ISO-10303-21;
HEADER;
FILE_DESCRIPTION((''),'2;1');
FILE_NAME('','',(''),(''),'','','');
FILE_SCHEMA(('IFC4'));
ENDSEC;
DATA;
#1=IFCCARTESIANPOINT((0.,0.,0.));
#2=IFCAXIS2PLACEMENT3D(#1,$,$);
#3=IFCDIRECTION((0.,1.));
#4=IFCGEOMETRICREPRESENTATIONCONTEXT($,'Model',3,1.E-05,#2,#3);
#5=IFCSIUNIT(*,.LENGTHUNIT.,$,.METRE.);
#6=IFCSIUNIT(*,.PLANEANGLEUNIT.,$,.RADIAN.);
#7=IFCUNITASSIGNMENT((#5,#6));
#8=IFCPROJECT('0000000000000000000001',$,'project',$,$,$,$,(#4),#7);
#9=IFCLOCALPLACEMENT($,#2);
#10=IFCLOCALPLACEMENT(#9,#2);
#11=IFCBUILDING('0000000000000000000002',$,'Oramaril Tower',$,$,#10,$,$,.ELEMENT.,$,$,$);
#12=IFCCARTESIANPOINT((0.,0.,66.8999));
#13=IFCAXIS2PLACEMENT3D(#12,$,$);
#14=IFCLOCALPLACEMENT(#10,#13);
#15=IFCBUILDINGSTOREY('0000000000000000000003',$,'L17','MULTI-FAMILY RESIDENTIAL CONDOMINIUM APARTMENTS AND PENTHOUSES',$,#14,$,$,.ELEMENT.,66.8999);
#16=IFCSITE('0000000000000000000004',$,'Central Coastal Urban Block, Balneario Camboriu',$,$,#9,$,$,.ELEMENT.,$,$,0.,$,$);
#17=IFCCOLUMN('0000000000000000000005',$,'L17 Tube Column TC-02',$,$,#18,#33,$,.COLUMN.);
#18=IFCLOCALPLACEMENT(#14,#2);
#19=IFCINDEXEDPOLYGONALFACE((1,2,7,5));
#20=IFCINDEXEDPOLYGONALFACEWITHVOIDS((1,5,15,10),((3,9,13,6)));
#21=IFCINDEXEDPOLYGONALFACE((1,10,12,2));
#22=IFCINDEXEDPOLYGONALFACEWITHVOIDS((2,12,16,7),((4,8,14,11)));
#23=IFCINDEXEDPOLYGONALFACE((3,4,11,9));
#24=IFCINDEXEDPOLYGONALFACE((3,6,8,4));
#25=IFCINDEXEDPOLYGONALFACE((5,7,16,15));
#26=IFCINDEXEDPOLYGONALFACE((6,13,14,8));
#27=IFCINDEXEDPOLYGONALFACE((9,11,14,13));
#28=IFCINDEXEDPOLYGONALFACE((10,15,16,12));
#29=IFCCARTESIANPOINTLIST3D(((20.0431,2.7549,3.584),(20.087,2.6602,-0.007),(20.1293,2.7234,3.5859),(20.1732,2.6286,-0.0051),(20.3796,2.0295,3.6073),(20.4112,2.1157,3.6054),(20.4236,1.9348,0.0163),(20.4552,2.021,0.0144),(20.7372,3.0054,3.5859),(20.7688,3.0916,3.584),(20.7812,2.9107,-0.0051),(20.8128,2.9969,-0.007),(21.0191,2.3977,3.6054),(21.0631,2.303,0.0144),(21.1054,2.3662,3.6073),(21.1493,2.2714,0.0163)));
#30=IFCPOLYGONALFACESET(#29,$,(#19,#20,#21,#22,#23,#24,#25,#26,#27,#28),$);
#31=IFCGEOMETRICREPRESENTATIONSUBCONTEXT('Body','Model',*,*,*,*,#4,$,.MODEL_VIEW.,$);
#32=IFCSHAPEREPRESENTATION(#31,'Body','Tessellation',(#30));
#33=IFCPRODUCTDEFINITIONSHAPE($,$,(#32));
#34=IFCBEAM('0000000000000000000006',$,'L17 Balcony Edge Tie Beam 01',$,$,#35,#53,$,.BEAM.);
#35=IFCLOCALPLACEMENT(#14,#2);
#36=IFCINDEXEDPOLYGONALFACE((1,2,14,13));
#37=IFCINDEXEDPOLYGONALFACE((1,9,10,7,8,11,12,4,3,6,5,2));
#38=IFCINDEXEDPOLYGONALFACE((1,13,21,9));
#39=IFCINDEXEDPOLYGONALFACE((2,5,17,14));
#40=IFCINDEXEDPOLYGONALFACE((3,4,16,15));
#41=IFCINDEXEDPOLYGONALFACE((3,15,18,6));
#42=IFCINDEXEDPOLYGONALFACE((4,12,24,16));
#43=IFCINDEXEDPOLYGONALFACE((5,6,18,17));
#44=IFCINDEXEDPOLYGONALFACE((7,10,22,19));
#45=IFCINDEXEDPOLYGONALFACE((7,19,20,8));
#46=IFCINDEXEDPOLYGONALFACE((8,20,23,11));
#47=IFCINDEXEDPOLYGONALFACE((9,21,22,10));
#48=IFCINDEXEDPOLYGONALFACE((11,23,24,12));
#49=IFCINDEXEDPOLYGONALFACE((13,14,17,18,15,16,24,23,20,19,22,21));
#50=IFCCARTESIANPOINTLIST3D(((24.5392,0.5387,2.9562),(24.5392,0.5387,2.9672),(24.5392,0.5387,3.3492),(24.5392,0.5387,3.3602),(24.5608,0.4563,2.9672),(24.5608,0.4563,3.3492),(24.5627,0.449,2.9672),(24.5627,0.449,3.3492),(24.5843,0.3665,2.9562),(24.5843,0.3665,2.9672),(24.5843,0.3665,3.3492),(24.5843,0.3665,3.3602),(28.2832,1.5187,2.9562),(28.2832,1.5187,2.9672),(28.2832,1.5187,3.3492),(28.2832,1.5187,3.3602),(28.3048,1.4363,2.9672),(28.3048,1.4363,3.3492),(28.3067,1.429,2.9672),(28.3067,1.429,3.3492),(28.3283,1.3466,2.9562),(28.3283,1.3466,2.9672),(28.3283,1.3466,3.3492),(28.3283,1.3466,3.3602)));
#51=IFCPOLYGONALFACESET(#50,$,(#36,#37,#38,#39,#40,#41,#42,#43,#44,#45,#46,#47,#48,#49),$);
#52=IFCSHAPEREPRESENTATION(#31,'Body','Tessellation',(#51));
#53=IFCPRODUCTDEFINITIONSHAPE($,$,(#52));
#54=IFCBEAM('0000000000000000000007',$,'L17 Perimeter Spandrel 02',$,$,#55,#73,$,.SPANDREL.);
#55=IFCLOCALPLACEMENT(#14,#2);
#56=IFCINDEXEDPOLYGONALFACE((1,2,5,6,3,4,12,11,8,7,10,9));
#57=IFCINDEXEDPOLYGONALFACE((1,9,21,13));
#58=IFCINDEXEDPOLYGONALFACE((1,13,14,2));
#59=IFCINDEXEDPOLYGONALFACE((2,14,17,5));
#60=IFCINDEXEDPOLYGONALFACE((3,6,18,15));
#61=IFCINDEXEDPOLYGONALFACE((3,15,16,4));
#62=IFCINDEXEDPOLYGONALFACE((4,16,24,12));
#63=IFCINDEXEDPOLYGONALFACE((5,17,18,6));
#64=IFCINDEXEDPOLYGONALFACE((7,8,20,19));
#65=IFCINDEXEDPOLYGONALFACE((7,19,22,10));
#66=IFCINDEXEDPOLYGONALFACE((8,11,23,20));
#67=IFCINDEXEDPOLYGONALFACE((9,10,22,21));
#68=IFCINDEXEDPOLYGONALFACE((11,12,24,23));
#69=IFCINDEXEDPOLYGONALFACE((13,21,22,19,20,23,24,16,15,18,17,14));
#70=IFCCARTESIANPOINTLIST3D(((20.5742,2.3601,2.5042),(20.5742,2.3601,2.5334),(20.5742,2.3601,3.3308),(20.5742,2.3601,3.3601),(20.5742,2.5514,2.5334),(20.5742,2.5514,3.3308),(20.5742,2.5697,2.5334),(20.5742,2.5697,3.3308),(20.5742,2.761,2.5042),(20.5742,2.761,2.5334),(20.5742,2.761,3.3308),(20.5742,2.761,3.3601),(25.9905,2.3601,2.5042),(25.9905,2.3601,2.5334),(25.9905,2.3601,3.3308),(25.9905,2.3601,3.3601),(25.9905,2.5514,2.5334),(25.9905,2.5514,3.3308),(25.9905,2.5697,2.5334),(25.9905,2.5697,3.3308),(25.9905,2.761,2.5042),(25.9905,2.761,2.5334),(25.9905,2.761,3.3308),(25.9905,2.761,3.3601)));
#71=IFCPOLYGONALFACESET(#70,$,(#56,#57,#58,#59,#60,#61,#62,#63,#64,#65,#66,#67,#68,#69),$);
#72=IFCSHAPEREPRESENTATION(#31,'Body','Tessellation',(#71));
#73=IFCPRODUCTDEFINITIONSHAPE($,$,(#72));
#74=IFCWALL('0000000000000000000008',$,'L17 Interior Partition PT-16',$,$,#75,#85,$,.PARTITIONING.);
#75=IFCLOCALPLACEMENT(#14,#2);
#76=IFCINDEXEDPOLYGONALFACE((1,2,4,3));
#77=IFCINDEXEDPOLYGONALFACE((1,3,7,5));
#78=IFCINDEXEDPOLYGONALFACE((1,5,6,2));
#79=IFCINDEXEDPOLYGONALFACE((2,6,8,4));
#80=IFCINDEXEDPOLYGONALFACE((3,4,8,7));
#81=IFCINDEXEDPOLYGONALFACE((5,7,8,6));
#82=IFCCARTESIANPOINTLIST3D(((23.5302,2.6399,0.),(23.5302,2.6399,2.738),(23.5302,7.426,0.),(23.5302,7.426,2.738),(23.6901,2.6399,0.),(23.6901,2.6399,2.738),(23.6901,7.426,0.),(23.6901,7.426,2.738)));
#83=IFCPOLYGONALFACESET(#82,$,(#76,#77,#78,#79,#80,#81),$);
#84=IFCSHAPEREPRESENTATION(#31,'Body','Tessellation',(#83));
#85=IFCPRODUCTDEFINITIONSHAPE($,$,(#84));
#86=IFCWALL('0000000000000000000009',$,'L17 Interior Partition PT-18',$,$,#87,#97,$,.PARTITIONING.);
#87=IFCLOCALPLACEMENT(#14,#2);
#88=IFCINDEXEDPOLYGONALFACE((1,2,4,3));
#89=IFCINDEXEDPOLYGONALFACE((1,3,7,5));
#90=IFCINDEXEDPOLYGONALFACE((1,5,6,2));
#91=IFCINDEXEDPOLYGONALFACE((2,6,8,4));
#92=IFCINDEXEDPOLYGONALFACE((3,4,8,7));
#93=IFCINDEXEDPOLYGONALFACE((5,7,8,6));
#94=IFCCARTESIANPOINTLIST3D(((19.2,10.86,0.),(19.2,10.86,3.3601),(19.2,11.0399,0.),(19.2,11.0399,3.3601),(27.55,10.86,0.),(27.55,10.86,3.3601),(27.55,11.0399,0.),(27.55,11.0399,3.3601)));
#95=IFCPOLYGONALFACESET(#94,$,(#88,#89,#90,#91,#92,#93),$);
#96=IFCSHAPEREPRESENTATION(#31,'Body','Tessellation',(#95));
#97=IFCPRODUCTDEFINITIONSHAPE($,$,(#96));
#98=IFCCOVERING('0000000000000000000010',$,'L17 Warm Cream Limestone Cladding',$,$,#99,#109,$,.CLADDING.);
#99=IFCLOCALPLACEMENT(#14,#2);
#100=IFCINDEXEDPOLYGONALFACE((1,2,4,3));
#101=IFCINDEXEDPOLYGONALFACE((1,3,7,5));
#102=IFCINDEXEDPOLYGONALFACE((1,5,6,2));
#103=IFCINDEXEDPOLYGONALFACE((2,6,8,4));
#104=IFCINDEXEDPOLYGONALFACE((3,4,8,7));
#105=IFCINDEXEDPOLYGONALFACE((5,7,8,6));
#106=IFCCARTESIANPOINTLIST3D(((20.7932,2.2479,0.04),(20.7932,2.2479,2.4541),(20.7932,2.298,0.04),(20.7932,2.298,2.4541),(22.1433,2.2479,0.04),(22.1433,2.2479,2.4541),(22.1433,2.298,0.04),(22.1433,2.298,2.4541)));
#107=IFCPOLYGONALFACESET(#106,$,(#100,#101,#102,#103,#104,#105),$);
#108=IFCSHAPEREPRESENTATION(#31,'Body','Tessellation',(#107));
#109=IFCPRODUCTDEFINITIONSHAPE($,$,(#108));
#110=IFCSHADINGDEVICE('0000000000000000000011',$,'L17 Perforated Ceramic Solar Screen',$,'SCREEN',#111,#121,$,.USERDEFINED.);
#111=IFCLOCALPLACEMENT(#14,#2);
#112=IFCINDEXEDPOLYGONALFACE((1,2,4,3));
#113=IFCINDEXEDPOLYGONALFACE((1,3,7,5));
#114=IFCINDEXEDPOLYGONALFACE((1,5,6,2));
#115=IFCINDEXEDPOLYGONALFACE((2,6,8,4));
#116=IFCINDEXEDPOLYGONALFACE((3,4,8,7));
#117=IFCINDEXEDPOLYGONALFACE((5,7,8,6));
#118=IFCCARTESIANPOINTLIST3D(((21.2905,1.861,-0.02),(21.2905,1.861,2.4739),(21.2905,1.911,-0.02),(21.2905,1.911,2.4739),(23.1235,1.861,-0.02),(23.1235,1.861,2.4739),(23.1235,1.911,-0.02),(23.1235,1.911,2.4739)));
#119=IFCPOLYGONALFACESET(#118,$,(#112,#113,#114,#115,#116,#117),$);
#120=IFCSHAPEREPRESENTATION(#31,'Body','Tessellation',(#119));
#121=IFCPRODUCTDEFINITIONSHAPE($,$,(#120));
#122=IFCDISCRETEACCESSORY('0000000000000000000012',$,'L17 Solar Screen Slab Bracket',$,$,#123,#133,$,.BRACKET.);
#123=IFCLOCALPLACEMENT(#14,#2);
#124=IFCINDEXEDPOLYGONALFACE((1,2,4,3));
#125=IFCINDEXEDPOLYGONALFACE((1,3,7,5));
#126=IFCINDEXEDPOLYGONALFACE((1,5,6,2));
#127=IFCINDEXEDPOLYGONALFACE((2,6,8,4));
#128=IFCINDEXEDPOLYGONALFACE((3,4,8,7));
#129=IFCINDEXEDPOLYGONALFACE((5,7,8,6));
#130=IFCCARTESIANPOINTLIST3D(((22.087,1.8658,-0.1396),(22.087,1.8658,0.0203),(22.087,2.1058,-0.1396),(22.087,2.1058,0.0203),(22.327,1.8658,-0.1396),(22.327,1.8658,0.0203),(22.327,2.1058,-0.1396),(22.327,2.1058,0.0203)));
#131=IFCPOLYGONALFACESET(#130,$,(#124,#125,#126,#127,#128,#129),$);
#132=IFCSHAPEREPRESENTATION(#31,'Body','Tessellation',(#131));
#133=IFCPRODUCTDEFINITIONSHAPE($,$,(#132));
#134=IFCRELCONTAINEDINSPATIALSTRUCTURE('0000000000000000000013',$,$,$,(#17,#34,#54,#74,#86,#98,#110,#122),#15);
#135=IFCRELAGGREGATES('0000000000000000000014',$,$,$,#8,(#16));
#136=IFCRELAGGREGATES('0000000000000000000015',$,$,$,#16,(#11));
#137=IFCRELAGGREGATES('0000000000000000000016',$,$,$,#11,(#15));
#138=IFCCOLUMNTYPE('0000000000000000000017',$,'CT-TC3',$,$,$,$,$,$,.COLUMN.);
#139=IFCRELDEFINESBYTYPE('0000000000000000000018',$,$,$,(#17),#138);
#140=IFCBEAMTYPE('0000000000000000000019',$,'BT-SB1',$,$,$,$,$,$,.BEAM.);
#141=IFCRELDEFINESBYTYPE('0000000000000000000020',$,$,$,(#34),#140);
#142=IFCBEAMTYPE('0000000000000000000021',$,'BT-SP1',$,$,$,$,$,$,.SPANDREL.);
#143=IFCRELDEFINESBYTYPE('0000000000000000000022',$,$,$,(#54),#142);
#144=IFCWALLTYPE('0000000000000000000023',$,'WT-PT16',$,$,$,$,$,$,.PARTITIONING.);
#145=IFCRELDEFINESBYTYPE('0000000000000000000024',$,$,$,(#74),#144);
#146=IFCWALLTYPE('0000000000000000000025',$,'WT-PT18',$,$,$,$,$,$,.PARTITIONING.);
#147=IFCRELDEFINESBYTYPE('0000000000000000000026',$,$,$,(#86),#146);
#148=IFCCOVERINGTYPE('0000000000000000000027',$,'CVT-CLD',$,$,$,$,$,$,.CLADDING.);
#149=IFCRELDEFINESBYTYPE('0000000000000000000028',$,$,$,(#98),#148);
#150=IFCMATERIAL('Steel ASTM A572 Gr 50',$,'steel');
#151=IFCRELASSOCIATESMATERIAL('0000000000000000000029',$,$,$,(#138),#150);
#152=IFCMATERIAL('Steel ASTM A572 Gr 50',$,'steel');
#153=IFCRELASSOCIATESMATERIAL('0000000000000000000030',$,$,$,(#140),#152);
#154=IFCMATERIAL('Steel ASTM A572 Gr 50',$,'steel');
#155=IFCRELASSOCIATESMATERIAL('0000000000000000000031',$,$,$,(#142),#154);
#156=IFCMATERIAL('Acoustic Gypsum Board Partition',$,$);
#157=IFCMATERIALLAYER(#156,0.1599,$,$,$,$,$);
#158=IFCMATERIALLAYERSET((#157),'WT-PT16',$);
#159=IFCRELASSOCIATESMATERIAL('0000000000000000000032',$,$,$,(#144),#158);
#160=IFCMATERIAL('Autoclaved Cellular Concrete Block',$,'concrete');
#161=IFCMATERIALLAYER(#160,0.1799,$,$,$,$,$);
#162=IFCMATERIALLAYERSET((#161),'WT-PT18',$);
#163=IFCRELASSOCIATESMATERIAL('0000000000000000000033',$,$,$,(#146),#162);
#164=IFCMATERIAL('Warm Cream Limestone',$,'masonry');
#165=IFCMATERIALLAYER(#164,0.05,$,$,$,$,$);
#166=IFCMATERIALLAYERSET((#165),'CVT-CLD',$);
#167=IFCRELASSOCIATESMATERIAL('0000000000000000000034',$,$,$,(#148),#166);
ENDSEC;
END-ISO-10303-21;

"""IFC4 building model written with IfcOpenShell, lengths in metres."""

from ifc_helpers import new_model, si_unit, direction, frame, frame_2d, origin, origin_2d, place, context, subcontext, project, spatial, rectangle, hollow_rectangle, i_section, extrude, material, layer, layer_set, material_profile, profile_set, type_object, element, save


model = new_model("IFC4")

# Units and contexts
model_context = context("Model", 3, precision=1e-05, world=origin(), true_north=direction((0.0, 1.0)))
body_context = subcontext(model_context, "Body", "Model", "MODEL_VIEW")
ifc_project = project(units=[si_unit("LENGTHUNIT", "METRE"), si_unit("PLANEANGLEUNIT", "RADIAN")], contexts=[model_context])

# Site, building, storey
site_placement = place(None, origin())
site = spatial("IfcSite", under=ifc_project, at=site_placement, Name="Central Coastal Urban Block, Balneario Camboriu", CompositionType="ELEMENT", RefElevation=0.0)
building_placement = place(site_placement, origin())
building = spatial("IfcBuilding", under=site, at=building_placement, Name="Oramaril Tower", CompositionType="ELEMENT")
storey_placement = place(building_placement, frame((0.0, 0.0, 66.8999)))
storey = spatial("IfcBuildingStorey", under=building, at=storey_placement, Name="L17", Description="MULTI-FAMILY RESIDENTIAL CONDOMINIUM APARTMENTS AND PENTHOUSES", CompositionType="ELEMENT", Elevation=66.8999)

# Column
ifc_material_1 = material(Name="Steel ASTM A572 Gr 50", Category="steel")
ifc_material_profile_1 = material_profile(ifc_material_1, hollow_rectangle(XDim=0.8, YDim=0.8, WallThickness=0.0649, at=origin_2d()), Name="BOX800X800X65")
ifc_profile_set_1 = profile_set([ifc_material_profile_1], Name="Steel ASTM A572 Gr 50")
column_type = type_object("IfcColumnType", Name="CT-TC3", PredefinedType="COLUMN", material=ifc_profile_set_1)
column_placement = place(storey_placement, frame((20.6182, 2.4658, 0.0046), z_axis=(-0.012232, 0.026367, 0.999577), x_axis=(-0.907136, -0.420837, 0.0)))
element("IfcColumn", 1, at=column_placement, inside=storey, type_object=column_type, Name="L17 Tube Column TC-02", PredefinedType="COLUMN", context=body_context, shape_type="SweptSolid", body=[
    extrude(hollow_rectangle(XDim=0.8, YDim=0.8, WallThickness=0.0649, at=origin_2d()), origin(), (0.0, 0.0, 1.0), 3.5925),
])

# Beams
ifc_material_2 = material(Name="Steel ASTM A572 Gr 50", Category="steel")
ifc_material_profile_2 = material_profile(ifc_material_2, i_section(OverallWidth=0.178, OverallDepth=0.4041, WebThickness=0.0076, FlangeThickness=0.011, at=origin_2d()), Name="W16X36")
ifc_profile_set_2 = profile_set([ifc_material_profile_2], Name="Steel ASTM A572 Gr 50")
beam_type_1 = type_object("IfcBeamType", Name="BT-SB1", PredefinedType="BEAM", material=ifc_profile_set_2)
beam_1_placement = place(storey_placement, frame((24.5618, 0.4526, 3.1582), z_axis=(0.967408, 0.253223, 0.0), x_axis=(-0.253223, 0.967408, 0.0)))
element("IfcBeam", 2, at=beam_1_placement, inside=storey, type_object=beam_type_1, Name="L17 Balcony Edge Tie Beam 01", PredefinedType="BEAM", context=body_context, shape_type="SweptSolid", body=[
    extrude(i_section(OverallWidth=0.178, OverallDepth=0.4041, WebThickness=0.0076, FlangeThickness=0.011, at=origin_2d()), origin(), (0.0, 0.0, 1.0), 3.8701),
])
ifc_material_3 = material(Name="Steel ASTM A572 Gr 50", Category="steel")
ifc_material_profile_3 = material_profile(ifc_material_3, i_section(OverallWidth=0.4009, OverallDepth=0.856, WebThickness=0.0183, FlangeThickness=0.0293, at=origin_2d()), Name="W33X201")
ifc_profile_set_3 = profile_set([ifc_material_profile_3], Name="Steel ASTM A572 Gr 50")
beam_type_2 = type_object("IfcBeamType", Name="BT-SP1", PredefinedType="SPANDREL", material=ifc_profile_set_3)
beam_2_placement = place(storey_placement, frame((20.5742, 2.5605, 2.9321), z_axis=(1.0, 0.0, 0.0), x_axis=(0.0, 1.0, 0.0)))
element("IfcBeam", 3, at=beam_2_placement, inside=storey, type_object=beam_type_2, Name="L17 Perimeter Spandrel 02", PredefinedType="SPANDREL", context=body_context, shape_type="SweptSolid", body=[
    extrude(i_section(OverallWidth=0.4009, OverallDepth=0.856, WebThickness=0.0183, FlangeThickness=0.0293, at=origin_2d()), origin(), (0.0, 0.0, 1.0), 5.4163),
])

# Walls
ifc_material_4 = material(Name="Acoustic Gypsum Board Partition")
ifc_layer_1 = layer(ifc_material_4, 0.1599)
ifc_layer_set_1 = layer_set([ifc_layer_1], Name="WT-PT16")
wall_type_1 = type_object("IfcWallType", Name="WT-PT16", PredefinedType="PARTITIONING", material=ifc_layer_set_1)
wall_1_placement = place(storey_placement, frame((23.6101, 2.6399, 0.0), z_axis=(0.0, 0.0, 1.0), x_axis=(0.0, 1.0, 0.0)))
element("IfcWall", 4, at=wall_1_placement, inside=storey, type_object=wall_type_1, Name="L17 Interior Partition PT-16", PredefinedType="PARTITIONING", context=body_context, shape_type="SweptSolid", body=[
    extrude(rectangle(XDim=4.7861, YDim=0.1599, at=frame_2d((2.3931, 0.0))), origin(), (0.0, 0.0, 1.0), 2.738),
])
ifc_material_5 = material(Name="Autoclaved Cellular Concrete Block", Category="concrete")
ifc_layer_2 = layer(ifc_material_5, 0.1799)
ifc_layer_set_2 = layer_set([ifc_layer_2], Name="WT-PT18")
wall_type_2 = type_object("IfcWallType", Name="WT-PT18", PredefinedType="PARTITIONING", material=ifc_layer_set_2)
wall_2_placement = place(storey_placement, frame((19.2, 10.95, 0.0), z_axis=(0.0, 0.0, 1.0), x_axis=(1.0, 0.0, 0.0)))
element("IfcWall", 5, at=wall_2_placement, inside=storey, type_object=wall_type_2, Name="L17 Interior Partition PT-18", PredefinedType="PARTITIONING", context=body_context, shape_type="SweptSolid", body=[
    extrude(rectangle(XDim=8.3501, YDim=0.1799, at=frame_2d((4.175, 0.0))), origin(), (0.0, 0.0, 1.0), 3.3601),
])

# Covering
ifc_material_6 = material(Name="Warm Cream Limestone", Category="masonry")
ifc_layer_3 = layer(ifc_material_6, 0.05)
ifc_layer_set_3 = layer_set([ifc_layer_3], Name="CVT-CLD")
covering_type = type_object("IfcCoveringType", Name="CVT-CLD", PredefinedType="CLADDING", material=ifc_layer_set_3)
covering_placement = place(storey_placement, frame((21.4683, 2.2729, 0.04), z_axis=(0.0, 0.0, 1.0), x_axis=(1.0, 0.0, 0.0)))
element("IfcCovering", 6, at=covering_placement, inside=storey, type_object=covering_type, Name="L17 Warm Cream Limestone Cladding", PredefinedType="CLADDING", context=body_context, shape_type="SweptSolid", body=[
    extrude(rectangle(XDim=1.3501, YDim=0.05, at=origin_2d()), origin(), (0.0, 0.0, 1.0), 2.4141),
])

# Shading device
shading_device_placement = place(storey_placement, frame((22.207, 1.886, -0.02), z_axis=(0.0, 0.0, 1.0), x_axis=(1.0, 0.0, 0.0)))
element("IfcShadingDevice", 7, at=shading_device_placement, inside=storey, Name="L17 Perforated Ceramic Solar Screen", ObjectType="SCREEN", PredefinedType="USERDEFINED", context=body_context, shape_type="SweptSolid", body=[
    extrude(rectangle(XDim=1.833, YDim=0.05, at=origin_2d()), origin(), (0.0, 0.0, 1.0), 2.4939),
])

# Discrete accessory
discrete_accessory_placement = place(storey_placement, frame((22.207, 1.9858, -0.1396), z_axis=(0.0, 0.0, 1.0), x_axis=(1.0, 0.0, 0.0)))
element("IfcDiscreteAccessory", 8, at=discrete_accessory_placement, inside=storey, Name="L17 Solar Screen Slab Bracket", PredefinedType="BRACKET", context=body_context, shape_type="SweptSolid", body=[
    extrude(rectangle(XDim=0.24, YDim=0.24, at=origin_2d()), origin(), (0.0, 0.0, 1.0), 0.1599),
])

save(model, "model.ifc")
